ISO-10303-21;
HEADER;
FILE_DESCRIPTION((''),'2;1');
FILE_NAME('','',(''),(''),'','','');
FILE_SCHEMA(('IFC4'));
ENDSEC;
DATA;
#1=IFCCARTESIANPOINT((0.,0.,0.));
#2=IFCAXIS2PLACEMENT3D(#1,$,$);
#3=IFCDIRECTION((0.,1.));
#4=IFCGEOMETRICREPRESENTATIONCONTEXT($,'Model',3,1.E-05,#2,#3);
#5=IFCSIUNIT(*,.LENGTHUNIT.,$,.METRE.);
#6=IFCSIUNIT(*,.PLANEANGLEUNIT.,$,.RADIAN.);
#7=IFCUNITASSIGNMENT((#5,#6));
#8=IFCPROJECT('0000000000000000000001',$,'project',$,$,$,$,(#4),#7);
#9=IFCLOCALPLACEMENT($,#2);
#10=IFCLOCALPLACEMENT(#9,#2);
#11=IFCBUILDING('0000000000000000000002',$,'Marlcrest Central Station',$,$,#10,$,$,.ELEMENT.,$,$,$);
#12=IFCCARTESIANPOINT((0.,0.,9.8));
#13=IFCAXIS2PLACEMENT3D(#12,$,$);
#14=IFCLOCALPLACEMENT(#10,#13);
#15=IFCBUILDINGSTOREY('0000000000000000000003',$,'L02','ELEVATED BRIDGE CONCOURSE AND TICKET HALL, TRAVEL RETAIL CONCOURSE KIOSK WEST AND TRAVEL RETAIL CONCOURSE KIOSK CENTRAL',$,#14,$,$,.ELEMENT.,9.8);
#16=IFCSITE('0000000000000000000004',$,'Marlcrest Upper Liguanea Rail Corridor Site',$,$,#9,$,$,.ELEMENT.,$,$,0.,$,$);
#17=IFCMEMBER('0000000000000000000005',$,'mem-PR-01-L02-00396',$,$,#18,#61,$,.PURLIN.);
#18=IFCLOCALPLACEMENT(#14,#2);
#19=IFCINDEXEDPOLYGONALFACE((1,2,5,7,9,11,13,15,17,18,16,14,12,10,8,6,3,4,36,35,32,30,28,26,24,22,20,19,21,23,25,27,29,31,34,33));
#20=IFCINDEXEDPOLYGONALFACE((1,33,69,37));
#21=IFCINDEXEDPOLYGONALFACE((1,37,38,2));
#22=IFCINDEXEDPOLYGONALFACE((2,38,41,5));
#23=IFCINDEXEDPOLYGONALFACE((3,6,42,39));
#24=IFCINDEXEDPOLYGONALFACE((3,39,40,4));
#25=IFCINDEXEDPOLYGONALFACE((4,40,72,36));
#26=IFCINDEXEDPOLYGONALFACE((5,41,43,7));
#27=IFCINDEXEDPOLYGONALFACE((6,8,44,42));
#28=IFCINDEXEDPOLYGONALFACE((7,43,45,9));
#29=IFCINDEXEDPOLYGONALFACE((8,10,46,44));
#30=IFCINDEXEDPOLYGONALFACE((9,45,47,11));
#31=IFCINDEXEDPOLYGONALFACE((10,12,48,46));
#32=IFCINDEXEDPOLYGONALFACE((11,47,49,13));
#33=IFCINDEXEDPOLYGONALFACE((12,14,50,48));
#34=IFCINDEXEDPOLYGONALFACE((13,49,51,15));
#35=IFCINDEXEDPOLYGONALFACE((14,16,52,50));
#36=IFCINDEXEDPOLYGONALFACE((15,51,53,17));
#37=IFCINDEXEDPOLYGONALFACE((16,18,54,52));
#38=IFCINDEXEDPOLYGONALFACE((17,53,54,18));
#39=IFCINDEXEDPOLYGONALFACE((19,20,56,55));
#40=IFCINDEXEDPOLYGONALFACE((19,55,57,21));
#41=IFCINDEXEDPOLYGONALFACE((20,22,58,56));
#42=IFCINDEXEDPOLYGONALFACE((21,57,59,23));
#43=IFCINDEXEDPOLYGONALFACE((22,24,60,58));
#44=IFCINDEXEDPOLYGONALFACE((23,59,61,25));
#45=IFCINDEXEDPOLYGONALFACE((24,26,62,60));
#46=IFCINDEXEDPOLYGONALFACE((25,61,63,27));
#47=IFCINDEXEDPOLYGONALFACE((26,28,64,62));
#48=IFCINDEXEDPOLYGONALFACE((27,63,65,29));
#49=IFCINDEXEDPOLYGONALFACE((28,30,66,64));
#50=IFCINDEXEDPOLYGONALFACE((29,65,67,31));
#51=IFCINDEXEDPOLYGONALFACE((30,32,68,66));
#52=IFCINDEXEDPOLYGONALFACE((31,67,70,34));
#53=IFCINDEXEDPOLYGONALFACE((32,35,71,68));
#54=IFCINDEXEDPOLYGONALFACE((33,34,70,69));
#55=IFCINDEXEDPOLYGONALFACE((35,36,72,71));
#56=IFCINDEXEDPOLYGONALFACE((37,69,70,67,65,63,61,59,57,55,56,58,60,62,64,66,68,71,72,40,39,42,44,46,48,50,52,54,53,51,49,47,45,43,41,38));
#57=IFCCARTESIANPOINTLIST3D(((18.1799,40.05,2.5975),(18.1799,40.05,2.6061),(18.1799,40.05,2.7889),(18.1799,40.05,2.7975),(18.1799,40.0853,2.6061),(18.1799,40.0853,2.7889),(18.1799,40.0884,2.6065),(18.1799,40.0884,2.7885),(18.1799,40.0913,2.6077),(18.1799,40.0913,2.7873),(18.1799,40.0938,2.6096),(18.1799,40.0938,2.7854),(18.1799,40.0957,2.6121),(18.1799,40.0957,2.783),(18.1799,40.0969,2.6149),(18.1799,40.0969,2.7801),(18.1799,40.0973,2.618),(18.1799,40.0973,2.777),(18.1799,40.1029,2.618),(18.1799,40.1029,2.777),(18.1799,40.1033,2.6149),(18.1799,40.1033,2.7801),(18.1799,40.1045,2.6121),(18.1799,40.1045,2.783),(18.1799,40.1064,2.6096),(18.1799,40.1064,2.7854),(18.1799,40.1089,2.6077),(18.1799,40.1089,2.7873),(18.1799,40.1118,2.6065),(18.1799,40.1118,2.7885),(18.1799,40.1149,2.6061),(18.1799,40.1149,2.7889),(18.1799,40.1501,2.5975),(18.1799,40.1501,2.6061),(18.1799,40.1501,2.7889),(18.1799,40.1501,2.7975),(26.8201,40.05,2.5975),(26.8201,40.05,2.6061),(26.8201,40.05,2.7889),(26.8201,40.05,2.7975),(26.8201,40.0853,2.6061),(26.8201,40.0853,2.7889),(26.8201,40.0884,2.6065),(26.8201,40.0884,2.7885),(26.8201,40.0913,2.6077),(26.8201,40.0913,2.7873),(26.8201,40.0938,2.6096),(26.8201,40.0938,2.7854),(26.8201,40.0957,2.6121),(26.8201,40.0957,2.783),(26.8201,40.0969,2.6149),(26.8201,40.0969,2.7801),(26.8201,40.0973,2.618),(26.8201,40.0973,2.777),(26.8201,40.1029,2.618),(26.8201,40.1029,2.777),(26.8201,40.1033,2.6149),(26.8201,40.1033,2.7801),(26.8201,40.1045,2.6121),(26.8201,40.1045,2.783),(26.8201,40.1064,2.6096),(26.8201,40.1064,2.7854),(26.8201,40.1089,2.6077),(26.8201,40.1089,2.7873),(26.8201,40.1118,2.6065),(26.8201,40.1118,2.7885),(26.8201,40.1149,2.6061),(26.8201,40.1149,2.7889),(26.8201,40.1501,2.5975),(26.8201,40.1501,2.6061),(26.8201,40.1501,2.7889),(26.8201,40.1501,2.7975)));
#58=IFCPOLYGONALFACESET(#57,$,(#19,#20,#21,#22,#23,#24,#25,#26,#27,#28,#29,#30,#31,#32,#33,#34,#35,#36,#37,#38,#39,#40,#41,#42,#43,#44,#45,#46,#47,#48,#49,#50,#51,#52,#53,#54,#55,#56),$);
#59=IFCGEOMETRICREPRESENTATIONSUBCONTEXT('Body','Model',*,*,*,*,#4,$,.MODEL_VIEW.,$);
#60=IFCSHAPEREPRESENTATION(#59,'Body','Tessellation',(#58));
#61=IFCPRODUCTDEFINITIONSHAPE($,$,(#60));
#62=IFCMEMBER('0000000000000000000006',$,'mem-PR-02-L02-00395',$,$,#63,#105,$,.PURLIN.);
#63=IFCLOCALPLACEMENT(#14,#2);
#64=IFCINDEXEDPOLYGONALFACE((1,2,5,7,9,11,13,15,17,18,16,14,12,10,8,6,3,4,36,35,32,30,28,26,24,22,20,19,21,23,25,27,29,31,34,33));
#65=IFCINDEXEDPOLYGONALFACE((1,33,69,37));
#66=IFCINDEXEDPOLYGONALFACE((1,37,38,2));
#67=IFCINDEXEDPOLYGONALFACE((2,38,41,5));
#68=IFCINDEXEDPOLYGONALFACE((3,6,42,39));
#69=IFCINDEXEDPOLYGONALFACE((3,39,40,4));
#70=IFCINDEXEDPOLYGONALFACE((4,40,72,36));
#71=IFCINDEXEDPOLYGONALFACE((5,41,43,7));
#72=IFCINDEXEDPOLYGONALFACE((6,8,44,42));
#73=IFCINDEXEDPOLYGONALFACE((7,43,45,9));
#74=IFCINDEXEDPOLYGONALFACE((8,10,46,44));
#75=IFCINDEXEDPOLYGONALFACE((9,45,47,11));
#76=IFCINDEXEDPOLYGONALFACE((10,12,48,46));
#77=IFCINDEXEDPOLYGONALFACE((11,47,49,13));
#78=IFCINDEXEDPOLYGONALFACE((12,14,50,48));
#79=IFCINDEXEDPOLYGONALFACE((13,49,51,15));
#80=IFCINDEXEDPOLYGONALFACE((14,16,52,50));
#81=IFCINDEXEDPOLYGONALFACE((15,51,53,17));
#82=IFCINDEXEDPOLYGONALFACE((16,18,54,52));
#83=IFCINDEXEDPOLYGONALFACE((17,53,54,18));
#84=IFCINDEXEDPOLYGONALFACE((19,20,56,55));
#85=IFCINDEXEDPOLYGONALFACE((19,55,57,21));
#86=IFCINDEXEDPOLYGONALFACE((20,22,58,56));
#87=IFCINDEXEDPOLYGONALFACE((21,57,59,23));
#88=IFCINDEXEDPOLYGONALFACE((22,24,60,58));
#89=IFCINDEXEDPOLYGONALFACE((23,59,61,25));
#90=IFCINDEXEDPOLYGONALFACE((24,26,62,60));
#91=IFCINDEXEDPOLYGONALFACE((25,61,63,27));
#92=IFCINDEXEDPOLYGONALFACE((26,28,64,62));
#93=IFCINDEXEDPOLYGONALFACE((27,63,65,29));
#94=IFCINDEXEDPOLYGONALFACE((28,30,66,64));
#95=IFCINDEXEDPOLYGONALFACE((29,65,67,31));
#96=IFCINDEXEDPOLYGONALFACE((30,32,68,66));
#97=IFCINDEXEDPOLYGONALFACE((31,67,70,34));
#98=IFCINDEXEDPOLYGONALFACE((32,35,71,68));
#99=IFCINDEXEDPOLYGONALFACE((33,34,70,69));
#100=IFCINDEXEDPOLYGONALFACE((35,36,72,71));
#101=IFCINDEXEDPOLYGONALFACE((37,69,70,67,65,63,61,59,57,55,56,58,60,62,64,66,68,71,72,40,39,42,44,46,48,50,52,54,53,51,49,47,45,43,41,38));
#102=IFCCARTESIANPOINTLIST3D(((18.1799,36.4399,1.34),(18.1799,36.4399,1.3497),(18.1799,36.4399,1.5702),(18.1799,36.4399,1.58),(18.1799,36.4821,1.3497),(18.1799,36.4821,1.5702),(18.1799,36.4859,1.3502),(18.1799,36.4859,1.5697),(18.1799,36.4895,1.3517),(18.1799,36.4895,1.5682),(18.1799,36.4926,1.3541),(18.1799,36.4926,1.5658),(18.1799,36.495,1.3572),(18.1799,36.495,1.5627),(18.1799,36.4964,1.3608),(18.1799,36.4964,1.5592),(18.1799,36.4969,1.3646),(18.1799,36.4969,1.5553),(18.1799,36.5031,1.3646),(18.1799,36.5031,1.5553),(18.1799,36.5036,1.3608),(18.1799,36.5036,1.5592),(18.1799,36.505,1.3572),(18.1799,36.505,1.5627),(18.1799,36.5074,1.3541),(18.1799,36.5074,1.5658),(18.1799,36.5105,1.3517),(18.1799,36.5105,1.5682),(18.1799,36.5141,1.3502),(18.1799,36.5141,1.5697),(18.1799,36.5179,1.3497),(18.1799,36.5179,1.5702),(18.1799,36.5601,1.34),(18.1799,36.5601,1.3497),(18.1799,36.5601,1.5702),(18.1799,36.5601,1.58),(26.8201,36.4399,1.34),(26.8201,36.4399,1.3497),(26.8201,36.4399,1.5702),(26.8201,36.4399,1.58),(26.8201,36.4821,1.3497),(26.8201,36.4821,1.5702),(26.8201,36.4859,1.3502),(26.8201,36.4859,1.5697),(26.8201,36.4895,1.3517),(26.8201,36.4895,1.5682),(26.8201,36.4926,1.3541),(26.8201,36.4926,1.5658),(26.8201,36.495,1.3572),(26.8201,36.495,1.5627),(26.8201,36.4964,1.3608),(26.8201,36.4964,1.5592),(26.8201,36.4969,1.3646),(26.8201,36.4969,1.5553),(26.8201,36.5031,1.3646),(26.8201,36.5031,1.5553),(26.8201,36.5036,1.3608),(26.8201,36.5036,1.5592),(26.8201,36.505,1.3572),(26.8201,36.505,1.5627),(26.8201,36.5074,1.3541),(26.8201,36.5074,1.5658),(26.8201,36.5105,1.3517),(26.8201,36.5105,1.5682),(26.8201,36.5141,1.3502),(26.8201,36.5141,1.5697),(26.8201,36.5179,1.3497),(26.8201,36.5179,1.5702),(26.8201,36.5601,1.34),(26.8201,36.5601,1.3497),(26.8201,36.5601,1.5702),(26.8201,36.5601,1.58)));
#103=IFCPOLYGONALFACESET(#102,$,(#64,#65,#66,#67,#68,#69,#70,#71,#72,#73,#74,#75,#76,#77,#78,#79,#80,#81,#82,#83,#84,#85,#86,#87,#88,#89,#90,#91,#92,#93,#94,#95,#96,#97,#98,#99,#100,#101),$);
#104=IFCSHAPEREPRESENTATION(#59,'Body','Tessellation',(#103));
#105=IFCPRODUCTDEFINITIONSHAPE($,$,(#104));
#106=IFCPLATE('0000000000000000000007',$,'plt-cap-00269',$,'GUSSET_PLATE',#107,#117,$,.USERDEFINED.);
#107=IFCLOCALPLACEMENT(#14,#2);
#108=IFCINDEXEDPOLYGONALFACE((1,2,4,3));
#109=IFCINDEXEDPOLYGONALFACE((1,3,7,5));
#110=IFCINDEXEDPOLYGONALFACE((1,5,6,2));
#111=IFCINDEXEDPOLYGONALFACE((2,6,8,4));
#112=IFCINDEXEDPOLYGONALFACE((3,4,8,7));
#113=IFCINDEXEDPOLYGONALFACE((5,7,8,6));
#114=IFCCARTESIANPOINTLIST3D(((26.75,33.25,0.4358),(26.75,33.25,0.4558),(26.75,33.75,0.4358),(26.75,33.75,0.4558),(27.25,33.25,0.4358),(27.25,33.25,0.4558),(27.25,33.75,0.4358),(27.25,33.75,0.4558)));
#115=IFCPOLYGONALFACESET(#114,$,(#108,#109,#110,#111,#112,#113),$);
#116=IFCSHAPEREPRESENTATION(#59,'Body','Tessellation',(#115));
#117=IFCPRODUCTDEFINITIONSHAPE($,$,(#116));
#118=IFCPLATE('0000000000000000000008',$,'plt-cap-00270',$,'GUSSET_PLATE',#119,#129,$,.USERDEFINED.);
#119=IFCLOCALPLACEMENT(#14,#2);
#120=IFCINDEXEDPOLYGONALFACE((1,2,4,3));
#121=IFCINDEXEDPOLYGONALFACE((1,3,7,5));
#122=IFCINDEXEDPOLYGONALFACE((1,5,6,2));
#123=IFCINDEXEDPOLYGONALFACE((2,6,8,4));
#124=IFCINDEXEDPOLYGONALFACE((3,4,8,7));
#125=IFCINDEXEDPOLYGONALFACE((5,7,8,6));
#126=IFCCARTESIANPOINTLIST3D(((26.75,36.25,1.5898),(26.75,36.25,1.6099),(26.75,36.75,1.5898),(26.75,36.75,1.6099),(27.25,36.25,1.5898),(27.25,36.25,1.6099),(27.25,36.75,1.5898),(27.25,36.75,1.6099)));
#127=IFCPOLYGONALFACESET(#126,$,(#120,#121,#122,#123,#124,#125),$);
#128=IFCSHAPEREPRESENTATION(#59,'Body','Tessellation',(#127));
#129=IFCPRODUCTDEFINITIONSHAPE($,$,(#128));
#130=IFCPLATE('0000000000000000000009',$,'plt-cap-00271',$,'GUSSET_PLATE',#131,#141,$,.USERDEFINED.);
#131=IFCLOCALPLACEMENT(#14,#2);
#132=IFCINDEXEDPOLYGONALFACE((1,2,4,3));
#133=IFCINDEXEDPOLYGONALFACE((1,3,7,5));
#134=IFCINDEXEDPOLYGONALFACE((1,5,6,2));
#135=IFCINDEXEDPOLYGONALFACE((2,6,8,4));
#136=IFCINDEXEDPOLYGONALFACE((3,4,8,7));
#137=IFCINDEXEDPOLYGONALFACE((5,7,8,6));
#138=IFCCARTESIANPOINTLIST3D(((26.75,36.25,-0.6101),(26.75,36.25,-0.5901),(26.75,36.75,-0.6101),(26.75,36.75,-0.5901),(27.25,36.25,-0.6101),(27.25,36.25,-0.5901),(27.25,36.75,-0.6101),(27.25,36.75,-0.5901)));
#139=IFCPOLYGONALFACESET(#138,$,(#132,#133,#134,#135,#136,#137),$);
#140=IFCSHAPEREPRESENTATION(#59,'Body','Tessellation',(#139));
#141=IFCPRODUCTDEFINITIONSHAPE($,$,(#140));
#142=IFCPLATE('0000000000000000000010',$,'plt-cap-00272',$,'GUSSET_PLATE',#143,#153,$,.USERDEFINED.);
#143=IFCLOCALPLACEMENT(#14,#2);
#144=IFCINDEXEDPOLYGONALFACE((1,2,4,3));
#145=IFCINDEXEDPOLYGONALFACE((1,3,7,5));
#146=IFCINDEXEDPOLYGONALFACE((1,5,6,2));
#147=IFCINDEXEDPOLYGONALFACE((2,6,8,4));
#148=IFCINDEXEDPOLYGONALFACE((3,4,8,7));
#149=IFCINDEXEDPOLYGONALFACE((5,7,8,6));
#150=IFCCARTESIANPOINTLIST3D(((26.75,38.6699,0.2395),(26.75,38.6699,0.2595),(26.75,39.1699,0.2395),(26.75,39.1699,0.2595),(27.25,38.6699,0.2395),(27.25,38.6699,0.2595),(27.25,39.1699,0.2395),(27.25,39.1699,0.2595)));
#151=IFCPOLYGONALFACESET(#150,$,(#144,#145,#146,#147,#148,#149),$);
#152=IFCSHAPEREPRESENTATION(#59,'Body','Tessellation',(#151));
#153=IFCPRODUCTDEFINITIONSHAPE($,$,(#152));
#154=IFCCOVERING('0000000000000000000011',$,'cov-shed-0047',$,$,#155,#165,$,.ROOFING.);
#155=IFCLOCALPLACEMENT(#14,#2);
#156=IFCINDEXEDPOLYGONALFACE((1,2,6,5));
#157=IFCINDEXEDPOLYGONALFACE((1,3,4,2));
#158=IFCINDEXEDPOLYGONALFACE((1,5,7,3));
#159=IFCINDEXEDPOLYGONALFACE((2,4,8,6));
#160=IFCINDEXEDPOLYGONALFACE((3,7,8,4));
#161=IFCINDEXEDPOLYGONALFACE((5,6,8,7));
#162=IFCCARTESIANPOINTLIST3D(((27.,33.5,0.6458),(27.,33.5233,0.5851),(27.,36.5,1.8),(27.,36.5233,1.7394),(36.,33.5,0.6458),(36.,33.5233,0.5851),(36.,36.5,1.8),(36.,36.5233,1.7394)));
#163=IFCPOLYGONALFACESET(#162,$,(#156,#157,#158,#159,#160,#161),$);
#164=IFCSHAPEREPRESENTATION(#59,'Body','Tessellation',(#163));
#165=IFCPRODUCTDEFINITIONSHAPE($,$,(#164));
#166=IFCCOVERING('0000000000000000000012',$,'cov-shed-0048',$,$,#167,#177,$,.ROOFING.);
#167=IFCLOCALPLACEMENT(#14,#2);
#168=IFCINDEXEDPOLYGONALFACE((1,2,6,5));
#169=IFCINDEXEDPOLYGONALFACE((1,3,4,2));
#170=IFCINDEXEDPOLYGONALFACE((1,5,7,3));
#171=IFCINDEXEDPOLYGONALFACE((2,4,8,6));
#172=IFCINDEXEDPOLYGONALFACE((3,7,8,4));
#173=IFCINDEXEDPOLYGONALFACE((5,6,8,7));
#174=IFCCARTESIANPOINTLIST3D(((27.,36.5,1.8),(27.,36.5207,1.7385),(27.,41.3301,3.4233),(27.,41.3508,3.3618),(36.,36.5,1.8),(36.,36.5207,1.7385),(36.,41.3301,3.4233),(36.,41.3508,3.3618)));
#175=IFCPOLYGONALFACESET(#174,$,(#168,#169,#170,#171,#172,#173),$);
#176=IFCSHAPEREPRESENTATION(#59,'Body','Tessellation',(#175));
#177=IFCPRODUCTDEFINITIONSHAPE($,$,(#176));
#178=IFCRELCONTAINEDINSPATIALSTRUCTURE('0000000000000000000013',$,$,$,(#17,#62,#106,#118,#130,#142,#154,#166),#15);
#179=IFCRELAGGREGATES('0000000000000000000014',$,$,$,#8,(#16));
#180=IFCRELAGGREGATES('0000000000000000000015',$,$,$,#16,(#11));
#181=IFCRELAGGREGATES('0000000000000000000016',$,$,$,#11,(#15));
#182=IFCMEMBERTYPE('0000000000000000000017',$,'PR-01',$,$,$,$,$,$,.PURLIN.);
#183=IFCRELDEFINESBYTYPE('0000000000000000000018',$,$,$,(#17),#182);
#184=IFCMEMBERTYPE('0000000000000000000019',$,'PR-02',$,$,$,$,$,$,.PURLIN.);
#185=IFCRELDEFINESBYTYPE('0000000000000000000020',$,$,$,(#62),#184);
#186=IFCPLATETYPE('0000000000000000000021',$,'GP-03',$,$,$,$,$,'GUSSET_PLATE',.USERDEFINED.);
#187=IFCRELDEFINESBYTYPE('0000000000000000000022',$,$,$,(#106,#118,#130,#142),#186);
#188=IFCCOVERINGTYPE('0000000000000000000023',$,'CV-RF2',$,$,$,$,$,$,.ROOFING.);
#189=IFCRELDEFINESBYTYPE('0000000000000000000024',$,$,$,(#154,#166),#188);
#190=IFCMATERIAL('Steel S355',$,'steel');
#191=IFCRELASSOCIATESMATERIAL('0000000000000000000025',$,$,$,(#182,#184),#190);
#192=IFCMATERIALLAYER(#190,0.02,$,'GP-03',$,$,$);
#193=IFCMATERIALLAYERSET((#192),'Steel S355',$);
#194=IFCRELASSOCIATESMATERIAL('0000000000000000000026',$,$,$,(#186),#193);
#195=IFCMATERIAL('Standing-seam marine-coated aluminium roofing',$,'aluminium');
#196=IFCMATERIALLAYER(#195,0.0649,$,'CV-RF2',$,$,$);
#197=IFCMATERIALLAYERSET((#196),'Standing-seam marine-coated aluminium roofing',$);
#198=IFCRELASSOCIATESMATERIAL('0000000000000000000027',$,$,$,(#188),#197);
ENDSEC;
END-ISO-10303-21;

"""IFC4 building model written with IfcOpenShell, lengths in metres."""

from ifc_helpers import new_model, si_unit, direction, frame, origin, origin_2d, place, context, subcontext, project, spatial, polyline, rectangle, i_section, outline, extrude, material, layer, layer_set, material_profile, profile_set, type_object, element, save


model = new_model("IFC4")

# Units and contexts
model_context = context("Model", 3, precision=1e-05, world=origin(), true_north=direction((0.0, 1.0)))
body_context = subcontext(model_context, "Body", "Model", "MODEL_VIEW")
ifc_project = project(units=[si_unit("LENGTHUNIT", "METRE"), si_unit("PLANEANGLEUNIT", "RADIAN")], contexts=[model_context])

# Site, building, storey
site_placement = place(None, origin())
site = spatial("IfcSite", under=ifc_project, at=site_placement, Name="Marlcrest Upper Liguanea Rail Corridor Site", CompositionType="ELEMENT", RefElevation=0.0)
building_placement = place(site_placement, origin())
building = spatial("IfcBuilding", under=site, at=building_placement, Name="Marlcrest Central Station", CompositionType="ELEMENT")
storey_placement = place(building_placement, frame((0.0, 0.0, 9.8)))
storey = spatial("IfcBuildingStorey", under=building, at=storey_placement, Name="L02", Description="ELEVATED BRIDGE CONCOURSE AND TICKET HALL, TRAVEL RETAIL CONCOURSE KIOSK WEST AND TRAVEL RETAIL CONCOURSE KIOSK CENTRAL", CompositionType="ELEMENT", Elevation=9.8)

# Members
ifc_material_1 = material(Name="Steel S355", Category="steel")
ifc_material_profile_1 = material_profile(ifc_material_1, i_section(OverallWidth=0.1001, OverallDepth=0.2, WebThickness=0.0056, FlangeThickness=0.0085, FilletRadius=0.012, at=origin_2d()), Name="IPE 200")
ifc_profile_set_1 = profile_set([ifc_material_profile_1], Name="Steel S355")
member_type_1 = type_object("IfcMemberType", Name="PR-01", PredefinedType="PURLIN", material=ifc_profile_set_1)
member_1_placement = place(storey_placement, frame((18.1799, 40.1001, 2.6975), z_axis=(1.0, 0.0, 0.0), x_axis=(0.0, 1.0, 0.0)))
element("IfcMember", 1, at=member_1_placement, inside=storey, type_object=member_type_1, Name="mem-PR-01-L02-00396", PredefinedType="PURLIN", context=body_context, shape_type="SweptSolid", body=[
    extrude(i_section(OverallWidth=0.1001, OverallDepth=0.2, WebThickness=0.0056, FlangeThickness=0.0085, FilletRadius=0.012, at=origin_2d()), origin(), (0.0, 0.0, 1.0), 8.6401),
])
ifc_material_profile_2 = material_profile(ifc_material_1, i_section(OverallWidth=0.1201, OverallDepth=0.24, WebThickness=0.0061, FlangeThickness=0.0098, FilletRadius=0.0149, at=origin_2d()), Name="IPE 240")
ifc_profile_set_2 = profile_set([ifc_material_profile_2], Name="Steel S355")
member_type_2 = type_object("IfcMemberType", Name="PR-02", PredefinedType="PURLIN", material=ifc_profile_set_2)
member_2_placement = place(storey_placement, frame((18.1799, 36.5, 1.46), z_axis=(1.0, 0.0, 0.0), x_axis=(0.0, 1.0, 0.0)))
element("IfcMember", 2, at=member_2_placement, inside=storey, type_object=member_type_2, Name="mem-PR-02-L02-00395", PredefinedType="PURLIN", context=body_context, shape_type="SweptSolid", body=[
    extrude(i_section(OverallWidth=0.1201, OverallDepth=0.24, WebThickness=0.0061, FlangeThickness=0.0098, FilletRadius=0.0149, at=origin_2d()), origin(), (0.0, 0.0, 1.0), 8.6401),
])

# Plates
ifc_layer_1 = layer(ifc_material_1, 0.02, Name="GP-03")
ifc_layer_set_1 = layer_set([ifc_layer_1], Name="Steel S355")
plate_type = type_object("IfcPlateType", Name="GP-03", ElementType="GUSSET_PLATE", PredefinedType="USERDEFINED", material=ifc_layer_set_1)
for number, where, z_axis, x_axis, name in (
    (3, (27.0, 33.5, 0.4358), (0.0, 0.0, 1.0), (1.0, 0.0, 0.0), "plt-cap-00269"),
    (4, (27.0, 36.5, 1.5898), (0.0, 0.0, 1.0), (1.0, 0.0, 0.0), "plt-cap-00270"),
    (5, (27.0, 36.5, -0.6101), (0.0, 0.0, 1.0), (1.0, 0.0, 0.0), "plt-cap-00271"),
    (6, (27.0, 38.9199, 0.2395), (0.0, 0.0, 1.0), (1.0, 0.0, 0.0), "plt-cap-00272"),
):
    element("IfcPlate", number, at=place(storey_placement, frame(where, z_axis=z_axis, x_axis=x_axis)), inside=storey, type_object=plate_type, Name=name, ObjectType="GUSSET_PLATE", PredefinedType="USERDEFINED", context=body_context, shape_type="SweptSolid", body=[
        extrude(rectangle(XDim=0.5, YDim=0.5, at=origin_2d()), origin(), (0.0, 0.0, 1.0), 0.02),
    ])

# Coverings
ifc_material_2 = material(Name="Standing-seam marine-coated aluminium roofing", Category="aluminium")
ifc_layer_2 = layer(ifc_material_2, 0.0649, Name="CV-RF2")
ifc_layer_set_2 = layer_set([ifc_layer_2], Name="Standing-seam marine-coated aluminium roofing")
covering_type = type_object("IfcCoveringType", Name="CV-RF2", PredefinedType="ROOFING", material=ifc_layer_set_2)
covering_1_placement = place(storey_placement, frame((27.0, 33.5, 0.6458), z_axis=(0.0, -0.359101, 0.933299), x_axis=(1.0, 0.0, 0.0)))
element("IfcCovering", 7, at=covering_1_placement, inside=storey, type_object=covering_type, Name="cov-shed-0047", PredefinedType="ROOFING", context=body_context, shape_type="SweptSolid", body=[
    extrude(outline(polyline([(0.0, 0.0), (9.0, 0.0), (9.0, 3.2144), (0.0, 3.2144), (0.0, 0.0)])), origin(), (0.0, 0.0, -1.0), 0.0649),
])
covering_2_placement = place(storey_placement, frame((27.0, 36.5, 1.8), z_axis=(0.0, -0.31857, 0.947899), x_axis=(1.0, 0.0, 0.0)))
element("IfcCovering", 8, at=covering_2_placement, inside=storey, type_object=covering_type, Name="cov-shed-0048", PredefinedType="ROOFING", context=body_context, shape_type="SweptSolid", body=[
    extrude(outline(polyline([(0.0, 0.0), (9.0, 0.0), (9.0, 5.0956), (0.0, 5.0956), (0.0, 0.0)])), origin(), (0.0, 0.0, -1.0), 0.0649),
])

save(model, "model.ifc")
